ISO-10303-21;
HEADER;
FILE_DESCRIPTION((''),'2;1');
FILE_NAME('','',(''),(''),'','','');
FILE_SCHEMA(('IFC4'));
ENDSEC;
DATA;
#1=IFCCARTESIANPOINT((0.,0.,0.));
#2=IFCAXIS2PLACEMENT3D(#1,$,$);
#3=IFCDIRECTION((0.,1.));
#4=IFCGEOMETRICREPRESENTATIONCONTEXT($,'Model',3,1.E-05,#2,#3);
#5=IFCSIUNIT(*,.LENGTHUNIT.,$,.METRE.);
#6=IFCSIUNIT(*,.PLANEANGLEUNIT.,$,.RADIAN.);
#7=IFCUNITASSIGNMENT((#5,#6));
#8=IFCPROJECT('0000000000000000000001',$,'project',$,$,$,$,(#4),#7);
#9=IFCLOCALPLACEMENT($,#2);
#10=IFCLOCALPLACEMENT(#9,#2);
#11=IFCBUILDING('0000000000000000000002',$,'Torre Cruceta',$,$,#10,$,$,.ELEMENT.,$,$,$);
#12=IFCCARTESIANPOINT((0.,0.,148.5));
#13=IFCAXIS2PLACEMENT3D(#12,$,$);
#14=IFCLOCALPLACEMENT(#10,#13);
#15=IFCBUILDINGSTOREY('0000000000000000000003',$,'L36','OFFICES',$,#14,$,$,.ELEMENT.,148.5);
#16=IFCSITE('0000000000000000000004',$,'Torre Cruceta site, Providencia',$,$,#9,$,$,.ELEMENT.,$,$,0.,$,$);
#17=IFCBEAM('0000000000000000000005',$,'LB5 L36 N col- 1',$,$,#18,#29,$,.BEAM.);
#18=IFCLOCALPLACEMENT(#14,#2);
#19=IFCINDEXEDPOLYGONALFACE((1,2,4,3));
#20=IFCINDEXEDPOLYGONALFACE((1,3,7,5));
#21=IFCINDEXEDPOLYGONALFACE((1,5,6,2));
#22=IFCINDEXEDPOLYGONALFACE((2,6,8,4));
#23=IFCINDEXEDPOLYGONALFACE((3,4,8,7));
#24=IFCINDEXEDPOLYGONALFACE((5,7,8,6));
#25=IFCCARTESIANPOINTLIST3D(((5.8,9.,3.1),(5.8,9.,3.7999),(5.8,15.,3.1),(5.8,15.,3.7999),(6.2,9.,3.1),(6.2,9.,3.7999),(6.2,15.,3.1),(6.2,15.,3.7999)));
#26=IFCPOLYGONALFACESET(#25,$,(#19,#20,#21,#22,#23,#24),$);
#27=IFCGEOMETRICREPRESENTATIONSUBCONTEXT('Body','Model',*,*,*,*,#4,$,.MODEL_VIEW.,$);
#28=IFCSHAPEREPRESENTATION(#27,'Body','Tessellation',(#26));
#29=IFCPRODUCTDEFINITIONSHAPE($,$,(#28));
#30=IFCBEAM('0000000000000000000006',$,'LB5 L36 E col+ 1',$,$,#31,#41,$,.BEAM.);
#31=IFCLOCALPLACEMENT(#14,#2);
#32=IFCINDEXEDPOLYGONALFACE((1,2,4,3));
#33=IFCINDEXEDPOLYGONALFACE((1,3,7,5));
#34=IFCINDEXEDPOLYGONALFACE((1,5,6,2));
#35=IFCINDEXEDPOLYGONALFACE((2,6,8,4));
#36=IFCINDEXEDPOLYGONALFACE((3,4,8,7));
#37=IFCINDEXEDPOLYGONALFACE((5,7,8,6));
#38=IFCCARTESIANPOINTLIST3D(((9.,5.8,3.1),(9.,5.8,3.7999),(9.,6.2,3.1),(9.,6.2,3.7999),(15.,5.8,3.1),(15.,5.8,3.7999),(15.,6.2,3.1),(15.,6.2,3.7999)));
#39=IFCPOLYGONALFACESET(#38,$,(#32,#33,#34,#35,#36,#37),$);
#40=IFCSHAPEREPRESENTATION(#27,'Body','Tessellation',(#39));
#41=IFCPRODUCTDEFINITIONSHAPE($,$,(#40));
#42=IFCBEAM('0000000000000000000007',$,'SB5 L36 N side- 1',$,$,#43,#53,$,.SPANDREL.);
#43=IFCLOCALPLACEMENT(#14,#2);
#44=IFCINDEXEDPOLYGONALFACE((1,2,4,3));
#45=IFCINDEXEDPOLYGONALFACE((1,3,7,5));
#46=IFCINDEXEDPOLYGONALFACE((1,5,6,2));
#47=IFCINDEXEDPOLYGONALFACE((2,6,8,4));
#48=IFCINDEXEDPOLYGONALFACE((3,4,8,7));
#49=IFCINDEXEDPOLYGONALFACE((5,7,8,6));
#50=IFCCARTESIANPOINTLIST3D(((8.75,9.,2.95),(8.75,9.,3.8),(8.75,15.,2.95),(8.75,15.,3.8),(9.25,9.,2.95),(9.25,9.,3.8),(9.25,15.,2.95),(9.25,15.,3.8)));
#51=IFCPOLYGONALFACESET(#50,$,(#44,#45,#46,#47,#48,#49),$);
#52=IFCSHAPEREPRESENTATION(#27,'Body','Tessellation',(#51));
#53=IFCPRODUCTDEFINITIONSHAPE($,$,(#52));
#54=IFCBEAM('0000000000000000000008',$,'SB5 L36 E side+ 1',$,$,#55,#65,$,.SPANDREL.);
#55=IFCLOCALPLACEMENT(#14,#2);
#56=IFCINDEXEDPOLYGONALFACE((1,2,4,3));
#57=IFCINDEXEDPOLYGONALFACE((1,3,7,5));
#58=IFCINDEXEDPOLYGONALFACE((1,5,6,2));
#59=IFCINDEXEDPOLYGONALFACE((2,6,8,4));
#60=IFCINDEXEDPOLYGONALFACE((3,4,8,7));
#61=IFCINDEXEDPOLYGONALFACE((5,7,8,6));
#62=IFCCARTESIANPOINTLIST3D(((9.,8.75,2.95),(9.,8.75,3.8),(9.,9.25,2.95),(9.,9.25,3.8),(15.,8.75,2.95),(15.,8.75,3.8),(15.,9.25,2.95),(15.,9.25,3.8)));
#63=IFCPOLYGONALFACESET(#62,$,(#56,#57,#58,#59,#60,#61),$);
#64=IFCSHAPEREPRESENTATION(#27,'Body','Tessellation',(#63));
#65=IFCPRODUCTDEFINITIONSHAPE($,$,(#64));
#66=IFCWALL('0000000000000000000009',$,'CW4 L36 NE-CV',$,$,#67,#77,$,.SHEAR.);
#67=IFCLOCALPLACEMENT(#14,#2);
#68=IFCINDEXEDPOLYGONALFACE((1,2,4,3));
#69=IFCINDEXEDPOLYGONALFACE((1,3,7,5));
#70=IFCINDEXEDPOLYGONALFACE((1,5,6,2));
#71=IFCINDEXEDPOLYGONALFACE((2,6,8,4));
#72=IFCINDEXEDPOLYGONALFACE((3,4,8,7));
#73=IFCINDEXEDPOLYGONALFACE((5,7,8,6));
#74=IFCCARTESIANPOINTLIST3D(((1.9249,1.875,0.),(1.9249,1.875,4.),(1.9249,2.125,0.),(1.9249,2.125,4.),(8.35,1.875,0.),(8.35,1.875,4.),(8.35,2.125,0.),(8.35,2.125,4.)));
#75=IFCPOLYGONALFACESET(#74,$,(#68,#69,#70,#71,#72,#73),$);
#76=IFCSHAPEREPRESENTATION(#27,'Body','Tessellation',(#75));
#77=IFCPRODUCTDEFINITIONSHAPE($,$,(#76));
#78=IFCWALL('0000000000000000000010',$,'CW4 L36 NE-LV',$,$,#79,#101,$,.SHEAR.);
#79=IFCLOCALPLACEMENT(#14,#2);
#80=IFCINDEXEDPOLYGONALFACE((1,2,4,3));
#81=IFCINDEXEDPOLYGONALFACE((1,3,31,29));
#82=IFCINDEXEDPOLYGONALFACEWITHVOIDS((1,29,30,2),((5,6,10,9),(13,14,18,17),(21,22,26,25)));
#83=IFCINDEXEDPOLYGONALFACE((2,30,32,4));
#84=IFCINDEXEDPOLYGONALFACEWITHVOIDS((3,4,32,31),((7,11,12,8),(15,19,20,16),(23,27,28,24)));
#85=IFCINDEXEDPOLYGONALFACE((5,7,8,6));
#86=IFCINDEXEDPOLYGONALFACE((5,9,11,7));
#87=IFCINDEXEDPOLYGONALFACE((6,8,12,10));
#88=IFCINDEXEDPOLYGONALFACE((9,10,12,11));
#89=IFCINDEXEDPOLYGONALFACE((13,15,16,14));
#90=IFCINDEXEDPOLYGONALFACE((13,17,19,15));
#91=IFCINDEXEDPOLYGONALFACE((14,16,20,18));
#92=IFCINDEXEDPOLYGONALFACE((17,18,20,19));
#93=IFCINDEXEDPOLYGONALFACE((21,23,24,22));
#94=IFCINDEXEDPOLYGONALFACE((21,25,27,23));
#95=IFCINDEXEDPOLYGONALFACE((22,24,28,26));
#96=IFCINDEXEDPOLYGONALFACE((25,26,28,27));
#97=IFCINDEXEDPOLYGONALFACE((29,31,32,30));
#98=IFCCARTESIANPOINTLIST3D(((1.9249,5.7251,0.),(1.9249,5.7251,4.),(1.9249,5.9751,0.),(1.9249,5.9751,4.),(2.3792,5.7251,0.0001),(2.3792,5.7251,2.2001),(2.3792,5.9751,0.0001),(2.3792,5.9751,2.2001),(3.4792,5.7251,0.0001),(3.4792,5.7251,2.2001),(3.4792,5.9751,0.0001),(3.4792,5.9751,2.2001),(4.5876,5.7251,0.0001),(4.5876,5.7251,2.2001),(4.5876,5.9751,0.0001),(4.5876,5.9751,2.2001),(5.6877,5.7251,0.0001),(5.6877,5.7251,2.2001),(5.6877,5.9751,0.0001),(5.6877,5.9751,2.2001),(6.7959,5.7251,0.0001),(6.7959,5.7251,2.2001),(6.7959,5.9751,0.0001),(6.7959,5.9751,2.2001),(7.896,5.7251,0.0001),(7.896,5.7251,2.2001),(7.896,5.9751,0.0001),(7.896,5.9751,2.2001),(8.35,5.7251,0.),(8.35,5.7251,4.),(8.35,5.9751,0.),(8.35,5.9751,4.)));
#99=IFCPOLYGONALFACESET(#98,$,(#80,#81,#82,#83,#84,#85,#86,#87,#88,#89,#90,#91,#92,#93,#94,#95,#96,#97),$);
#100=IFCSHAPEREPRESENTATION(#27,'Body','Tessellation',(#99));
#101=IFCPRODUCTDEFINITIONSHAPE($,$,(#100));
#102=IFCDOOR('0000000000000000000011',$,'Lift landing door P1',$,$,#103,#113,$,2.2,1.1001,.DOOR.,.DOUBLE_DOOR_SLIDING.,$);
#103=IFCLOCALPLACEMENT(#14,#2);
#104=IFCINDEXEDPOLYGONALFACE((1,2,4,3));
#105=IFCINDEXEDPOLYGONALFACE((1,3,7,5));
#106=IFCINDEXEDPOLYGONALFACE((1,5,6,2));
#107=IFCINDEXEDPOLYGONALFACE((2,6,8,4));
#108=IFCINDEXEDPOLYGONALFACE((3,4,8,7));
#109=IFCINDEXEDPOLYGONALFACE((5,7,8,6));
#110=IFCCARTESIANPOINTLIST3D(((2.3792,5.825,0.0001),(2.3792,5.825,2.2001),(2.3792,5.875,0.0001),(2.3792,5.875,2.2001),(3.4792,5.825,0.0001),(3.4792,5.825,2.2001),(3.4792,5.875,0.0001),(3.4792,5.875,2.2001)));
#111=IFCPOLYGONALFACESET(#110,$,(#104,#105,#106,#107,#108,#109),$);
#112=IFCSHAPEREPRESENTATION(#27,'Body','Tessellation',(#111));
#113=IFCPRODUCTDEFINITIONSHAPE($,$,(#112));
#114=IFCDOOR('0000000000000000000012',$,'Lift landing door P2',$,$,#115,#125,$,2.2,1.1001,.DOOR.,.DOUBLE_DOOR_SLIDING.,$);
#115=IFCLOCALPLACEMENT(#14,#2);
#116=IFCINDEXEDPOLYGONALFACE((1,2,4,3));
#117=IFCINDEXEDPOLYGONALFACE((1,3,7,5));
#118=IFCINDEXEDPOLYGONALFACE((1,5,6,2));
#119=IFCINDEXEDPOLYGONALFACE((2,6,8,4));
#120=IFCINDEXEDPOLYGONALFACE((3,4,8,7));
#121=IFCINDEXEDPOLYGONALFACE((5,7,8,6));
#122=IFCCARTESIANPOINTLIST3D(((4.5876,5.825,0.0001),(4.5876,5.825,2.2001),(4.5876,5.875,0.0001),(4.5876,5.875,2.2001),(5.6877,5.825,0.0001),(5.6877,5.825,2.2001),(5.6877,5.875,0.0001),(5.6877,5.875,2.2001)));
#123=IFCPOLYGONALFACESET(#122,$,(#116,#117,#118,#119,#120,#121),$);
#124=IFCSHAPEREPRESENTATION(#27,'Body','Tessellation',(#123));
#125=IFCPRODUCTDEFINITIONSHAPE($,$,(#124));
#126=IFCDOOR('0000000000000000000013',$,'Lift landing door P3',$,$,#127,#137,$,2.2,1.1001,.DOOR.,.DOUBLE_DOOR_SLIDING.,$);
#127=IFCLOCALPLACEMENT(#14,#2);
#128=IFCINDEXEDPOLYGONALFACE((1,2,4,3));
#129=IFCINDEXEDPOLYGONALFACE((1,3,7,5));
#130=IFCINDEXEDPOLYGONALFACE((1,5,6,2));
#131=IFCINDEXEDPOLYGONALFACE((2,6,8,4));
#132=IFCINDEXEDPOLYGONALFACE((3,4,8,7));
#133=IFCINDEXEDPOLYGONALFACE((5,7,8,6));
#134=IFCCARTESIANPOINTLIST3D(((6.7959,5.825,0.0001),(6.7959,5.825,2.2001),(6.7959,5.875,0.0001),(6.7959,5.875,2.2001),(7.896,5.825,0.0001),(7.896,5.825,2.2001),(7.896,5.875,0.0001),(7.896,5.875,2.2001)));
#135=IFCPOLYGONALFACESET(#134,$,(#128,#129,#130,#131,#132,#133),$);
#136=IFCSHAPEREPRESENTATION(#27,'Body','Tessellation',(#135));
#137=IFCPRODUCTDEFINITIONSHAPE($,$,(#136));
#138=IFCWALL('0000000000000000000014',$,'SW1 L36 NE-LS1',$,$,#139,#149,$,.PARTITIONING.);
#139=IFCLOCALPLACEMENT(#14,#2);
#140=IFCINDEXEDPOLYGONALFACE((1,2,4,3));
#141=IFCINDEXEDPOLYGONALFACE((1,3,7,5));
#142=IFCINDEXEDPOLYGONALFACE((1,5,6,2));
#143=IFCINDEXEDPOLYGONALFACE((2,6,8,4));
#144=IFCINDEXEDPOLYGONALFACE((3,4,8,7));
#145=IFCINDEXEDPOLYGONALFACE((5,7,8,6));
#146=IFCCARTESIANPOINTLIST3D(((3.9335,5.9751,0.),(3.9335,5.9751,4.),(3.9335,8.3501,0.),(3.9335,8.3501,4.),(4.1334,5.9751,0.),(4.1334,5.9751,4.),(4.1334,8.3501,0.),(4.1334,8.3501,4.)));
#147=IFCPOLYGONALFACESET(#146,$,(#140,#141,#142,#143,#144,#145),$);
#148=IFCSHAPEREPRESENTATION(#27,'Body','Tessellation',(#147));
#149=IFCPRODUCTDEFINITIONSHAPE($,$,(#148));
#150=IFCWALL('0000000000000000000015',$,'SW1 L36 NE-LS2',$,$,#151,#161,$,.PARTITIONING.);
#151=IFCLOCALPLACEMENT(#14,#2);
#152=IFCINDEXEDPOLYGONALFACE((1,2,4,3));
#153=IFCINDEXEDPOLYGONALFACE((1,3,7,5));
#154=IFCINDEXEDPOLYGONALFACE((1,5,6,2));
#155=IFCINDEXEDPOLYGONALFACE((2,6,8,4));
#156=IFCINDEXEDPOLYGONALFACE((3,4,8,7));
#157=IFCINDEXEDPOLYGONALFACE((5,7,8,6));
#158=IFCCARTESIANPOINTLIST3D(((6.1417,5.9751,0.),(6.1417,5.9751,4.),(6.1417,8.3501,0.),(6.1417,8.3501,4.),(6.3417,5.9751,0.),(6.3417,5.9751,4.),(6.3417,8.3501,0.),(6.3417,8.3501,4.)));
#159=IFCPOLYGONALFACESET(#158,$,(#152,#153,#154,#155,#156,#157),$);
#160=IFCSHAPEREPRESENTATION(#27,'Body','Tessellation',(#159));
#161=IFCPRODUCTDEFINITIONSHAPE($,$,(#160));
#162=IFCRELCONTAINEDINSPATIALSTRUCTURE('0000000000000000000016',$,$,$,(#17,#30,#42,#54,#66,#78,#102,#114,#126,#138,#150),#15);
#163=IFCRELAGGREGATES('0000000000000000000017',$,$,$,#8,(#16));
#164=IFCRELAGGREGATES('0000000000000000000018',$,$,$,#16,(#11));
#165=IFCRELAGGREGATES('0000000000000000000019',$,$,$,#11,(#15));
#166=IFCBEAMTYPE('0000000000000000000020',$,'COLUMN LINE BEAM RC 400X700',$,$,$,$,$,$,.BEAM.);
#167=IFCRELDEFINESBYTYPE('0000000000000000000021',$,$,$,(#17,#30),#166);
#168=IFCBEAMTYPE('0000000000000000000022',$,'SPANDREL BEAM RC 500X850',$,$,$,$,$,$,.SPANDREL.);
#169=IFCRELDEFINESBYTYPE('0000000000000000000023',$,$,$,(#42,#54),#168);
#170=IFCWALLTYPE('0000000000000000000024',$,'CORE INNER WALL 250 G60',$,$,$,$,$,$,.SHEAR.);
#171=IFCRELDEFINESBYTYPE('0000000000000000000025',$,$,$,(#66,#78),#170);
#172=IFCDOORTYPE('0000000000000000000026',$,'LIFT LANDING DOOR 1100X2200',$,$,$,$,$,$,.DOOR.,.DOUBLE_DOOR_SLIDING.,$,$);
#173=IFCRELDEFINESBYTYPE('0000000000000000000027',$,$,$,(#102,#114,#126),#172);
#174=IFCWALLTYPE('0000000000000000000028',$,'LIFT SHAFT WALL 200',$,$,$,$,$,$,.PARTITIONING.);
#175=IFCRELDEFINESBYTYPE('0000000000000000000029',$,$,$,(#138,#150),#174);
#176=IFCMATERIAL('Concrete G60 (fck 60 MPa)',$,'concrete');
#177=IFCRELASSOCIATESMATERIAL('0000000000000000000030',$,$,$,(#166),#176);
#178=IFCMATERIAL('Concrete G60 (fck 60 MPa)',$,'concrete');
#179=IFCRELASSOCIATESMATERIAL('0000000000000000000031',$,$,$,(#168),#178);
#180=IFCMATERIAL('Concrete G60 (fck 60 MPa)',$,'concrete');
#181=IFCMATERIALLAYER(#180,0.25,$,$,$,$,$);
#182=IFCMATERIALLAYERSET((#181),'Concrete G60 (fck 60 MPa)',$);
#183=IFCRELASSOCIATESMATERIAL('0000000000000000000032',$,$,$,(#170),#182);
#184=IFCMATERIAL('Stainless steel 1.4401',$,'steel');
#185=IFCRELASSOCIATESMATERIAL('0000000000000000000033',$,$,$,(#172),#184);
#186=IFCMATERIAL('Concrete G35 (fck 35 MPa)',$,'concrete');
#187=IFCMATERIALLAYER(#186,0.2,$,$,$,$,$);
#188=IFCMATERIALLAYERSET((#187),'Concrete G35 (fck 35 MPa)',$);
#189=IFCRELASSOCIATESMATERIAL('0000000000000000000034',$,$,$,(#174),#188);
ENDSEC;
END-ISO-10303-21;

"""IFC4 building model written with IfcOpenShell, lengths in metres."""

from ifc_helpers import new_model, si_unit, direction, frame, frame_2d, origin, origin_2d, place, context, subcontext, project, spatial, rectangle, extrude, material, layer, layer_set, material_profile, profile_set, type_object, element, fill, save


model = new_model("IFC4")

# Units and contexts
model_context = context("Model", 3, precision=1e-05, world=origin(), true_north=direction((0.0, 1.0)))
body_context = subcontext(model_context, "Body", "Model", "MODEL_VIEW")
ifc_project = project(units=[si_unit("LENGTHUNIT", "METRE"), si_unit("PLANEANGLEUNIT", "RADIAN")], contexts=[model_context])

# Site, building, storey
site_placement = place(None, origin())
site = spatial("IfcSite", under=ifc_project, at=site_placement, Name="Torre Cruceta site, Providencia", CompositionType="ELEMENT", RefElevation=0.0)
building_placement = place(site_placement, origin())
building = spatial("IfcBuilding", under=site, at=building_placement, Name="Torre Cruceta", CompositionType="ELEMENT")
storey_placement = place(building_placement, frame((0.0, 0.0, 148.5)))
storey = spatial("IfcBuildingStorey", under=building, at=storey_placement, Name="L36", Description="OFFICES", CompositionType="ELEMENT", Elevation=148.5)

# Beams
ifc_material_1 = material(Name="Concrete G60 (fck 60 MPa)", Category="concrete")
ifc_material_profile_1 = material_profile(ifc_material_1, rectangle(XDim=0.3999, YDim=0.7, at=origin_2d()), Name="RC 400X700")
ifc_profile_set_1 = profile_set([ifc_material_profile_1], Name="Concrete G60 (fck 60 MPa)")
beam_type_1 = type_object("IfcBeamType", Name="COLUMN LINE BEAM RC 400X700", PredefinedType="BEAM", material=ifc_profile_set_1)
for number, where, z_axis, x_axis, name in (
    (1, (6.0, 9.0, 3.45), (0.0, 1.0, 0.0), (-1.0, 0.0, 0.0), "LB5 L36 N col- 1"),
    (2, (9.0, 6.0, 3.45), (1.0, 0.0, 0.0), (0.0, 1.0, 0.0), "LB5 L36 E col+ 1"),
):
    element("IfcBeam", number, at=place(storey_placement, frame(where, z_axis=z_axis, x_axis=x_axis)), inside=storey, type_object=beam_type_1, Name=name, PredefinedType="BEAM", context=body_context, shape_type="SweptSolid", body=[
        extrude(rectangle(XDim=0.3999, YDim=0.7, at=origin_2d()), origin(), (0.0, 0.0, 1.0), 6.0),
    ])
ifc_material_2 = material(Name="Concrete G60 (fck 60 MPa)", Category="concrete")
ifc_material_profile_2 = material_profile(ifc_material_2, rectangle(XDim=0.5, YDim=0.8501, at=origin_2d()), Name="RC 500X850")
ifc_profile_set_2 = profile_set([ifc_material_profile_2], Name="Concrete G60 (fck 60 MPa)")
beam_type_2 = type_object("IfcBeamType", Name="SPANDREL BEAM RC 500X850", PredefinedType="SPANDREL", material=ifc_profile_set_2)
for number, where, z_axis, x_axis, name in (
    (3, (9.0, 9.0, 3.375), (0.0, 1.0, 0.0), (-1.0, 0.0, 0.0), "SB5 L36 N side- 1"),
    (4, (9.0, 9.0, 3.375), (1.0, 0.0, 0.0), (0.0, 1.0, 0.0), "SB5 L36 E side+ 1"),
):
    element("IfcBeam", number, at=place(storey_placement, frame(where, z_axis=z_axis, x_axis=x_axis)), inside=storey, type_object=beam_type_2, Name=name, PredefinedType="SPANDREL", context=body_context, shape_type="SweptSolid", body=[
        extrude(rectangle(XDim=0.5, YDim=0.8501, at=origin_2d()), origin(), (0.0, 0.0, 1.0), 6.0),
    ])

# Shared definitions
ifc_material_3 = material(Name="Concrete G60 (fck 60 MPa)", Category="concrete")
ifc_layer_1 = layer(ifc_material_3, 0.25)
ifc_layer_set_1 = layer_set([ifc_layer_1], Name="Concrete G60 (fck 60 MPa)")
wall_type_1 = type_object("IfcWallType", Name="CORE INNER WALL 250 G60", PredefinedType="SHEAR", material=ifc_layer_set_1)

# Wall
wall_1_placement = place(storey_placement, frame((1.925, 2.0, 0.0), z_axis=(0.0, 0.0, 1.0), x_axis=(1.0, 0.0, 0.0)))
element("IfcWall", 5, at=wall_1_placement, inside=storey, type_object=wall_type_1, Name="CW4 L36 NE-CV", PredefinedType="SHEAR", context=body_context, shape_type="SweptSolid", body=[
    extrude(rectangle(XDim=6.425, YDim=0.25, at=frame_2d((3.2124, 0.0))), origin(), (0.0, 0.0, 1.0), 4.0),
])

# Wall, openings, doors
wall_2_placement = place(storey_placement, frame((1.925, 5.8501, 0.0), z_axis=(0.0, 0.0, 1.0), x_axis=(1.0, 0.0, 0.0)))
wall_2 = element("IfcWall", 6, at=wall_2_placement, inside=storey, type_object=wall_type_1, Name="CW4 L36 NE-LV", PredefinedType="SHEAR", context=body_context, shape_type="SweptSolid", body=[
    extrude(rectangle(XDim=6.425, YDim=0.25, at=frame_2d((3.2124, 0.0))), origin(), (0.0, 0.0, 1.0), 4.0),
])
opening_1_placement = place(wall_2_placement, frame((0.4541, 0.0, 0.0)))
opening_1 = element("IfcOpeningElement", 7, at=opening_1_placement, cuts=wall_2, PredefinedType="OPENING", context=body_context, shape_type="SweptSolid", body=[
    extrude(rectangle(XDim=1.1001, YDim=2.2, at=frame_2d((0.55, 1.1001))), frame((0.0, 0.135, 0.0), z_axis=(0.0, -1.0, 0.0), x_axis=(1.0, 0.0, 0.0)), (0.0, 0.0, 1.0), 0.27),
])
opening_2_placement = place(wall_2_placement, frame((2.6626, 0.0, 0.0)))
opening_2 = element("IfcOpeningElement", 8, at=opening_2_placement, cuts=wall_2, PredefinedType="OPENING", context=body_context, shape_type="SweptSolid", body=[
    extrude(rectangle(XDim=1.1001, YDim=2.2, at=frame_2d((0.55, 1.1001))), frame((0.0, 0.135, 0.0), z_axis=(0.0, -1.0, 0.0), x_axis=(1.0, 0.0, 0.0)), (0.0, 0.0, 1.0), 0.27),
])
opening_3_placement = place(wall_2_placement, frame((4.8708, 0.0, 0.0)))
opening_3 = element("IfcOpeningElement", 9, at=opening_3_placement, cuts=wall_2, PredefinedType="OPENING", context=body_context, shape_type="SweptSolid", body=[
    extrude(rectangle(XDim=1.1001, YDim=2.2, at=frame_2d((0.55, 1.1001))), frame((0.0, 0.135, 0.0), z_axis=(0.0, -1.0, 0.0), x_axis=(1.0, 0.0, 0.0)), (0.0, 0.0, 1.0), 0.27),
])
ifc_material_4 = material(Name="Stainless steel 1.4401", Category="steel")
door_type_1 = type_object("IfcDoorType", Name="LIFT LANDING DOOR 1100X2200", OperationType="DOUBLE_DOOR_SLIDING", PredefinedType="DOOR", material=ifc_material_4)
door_1_placement = place(opening_1_placement, origin())
door_1 = element("IfcDoor", 10, at=door_1_placement, inside=storey, type_object=door_type_1, Name="Lift landing door P1", OperationType="DOUBLE_DOOR_SLIDING", OverallHeight=2.2, OverallWidth=1.1001, PredefinedType="DOOR", context=body_context, shape_type="SweptSolid", body=[
    extrude(rectangle(XDim=1.1001, YDim=2.2, at=frame_2d((0.55, 1.1001))), frame((0.0, 0.0249, 0.0), z_axis=(0.0, -1.0, 0.0), x_axis=(1.0, 0.0, 0.0)), (0.0, 0.0, 1.0), 0.05),
])
fill(opening_1, door_1)
door_2_placement = place(opening_2_placement, origin())
door_2 = element("IfcDoor", 11, at=door_2_placement, inside=storey, type_object=door_type_1, Name="Lift landing door P2", OperationType="DOUBLE_DOOR_SLIDING", OverallHeight=2.2, OverallWidth=1.1001, PredefinedType="DOOR", context=body_context, shape_type="SweptSolid", body=[
    extrude(rectangle(XDim=1.1001, YDim=2.2, at=frame_2d((0.55, 1.1001))), frame((0.0, 0.0249, 0.0), z_axis=(0.0, -1.0, 0.0), x_axis=(1.0, 0.0, 0.0)), (0.0, 0.0, 1.0), 0.05),
])
fill(opening_2, door_2)
door_3_placement = place(opening_3_placement, origin())
door_3 = element("IfcDoor", 12, at=door_3_placement, inside=storey, type_object=door_type_1, Name="Lift landing door P3", OperationType="DOUBLE_DOOR_SLIDING", OverallHeight=2.2, OverallWidth=1.1001, PredefinedType="DOOR", context=body_context, shape_type="SweptSolid", body=[
    extrude(rectangle(XDim=1.1001, YDim=2.2, at=frame_2d((0.55, 1.1001))), frame((0.0, 0.0249, 0.0), z_axis=(0.0, -1.0, 0.0), x_axis=(1.0, 0.0, 0.0)), (0.0, 0.0, 1.0), 0.05),
])
fill(opening_3, door_3)

# Walls
ifc_material_5 = material(Name="Concrete G35 (fck 35 MPa)", Category="concrete")
ifc_layer_2 = layer(ifc_material_5, 0.2)
ifc_layer_set_2 = layer_set([ifc_layer_2], Name="Concrete G35 (fck 35 MPa)")
wall_type_2 = type_object("IfcWallType", Name="LIFT SHAFT WALL 200", PredefinedType="PARTITIONING", material=ifc_layer_set_2)
for number, where, z_axis, x_axis, name in (
    (13, (4.0334, 5.9751, 0.0), (0.0, 0.0, 1.0), (0.0, 1.0, 0.0), "SW1 L36 NE-LS1"),
    (14, (6.2417, 5.9751, 0.0), (0.0, 0.0, 1.0), (0.0, 1.0, 0.0), "SW1 L36 NE-LS2"),
):
    element("IfcWall", number, at=place(storey_placement, frame(where, z_axis=z_axis, x_axis=x_axis)), inside=storey, type_object=wall_type_2, Name=name, PredefinedType="PARTITIONING", context=body_context, shape_type="SweptSolid", body=[
        extrude(rectangle(XDim=2.375, YDim=0.2, at=frame_2d((1.1875, 0.0))), origin(), (0.0, 0.0, 1.0), 4.0),
    ])

save(model, "model.ifc")
